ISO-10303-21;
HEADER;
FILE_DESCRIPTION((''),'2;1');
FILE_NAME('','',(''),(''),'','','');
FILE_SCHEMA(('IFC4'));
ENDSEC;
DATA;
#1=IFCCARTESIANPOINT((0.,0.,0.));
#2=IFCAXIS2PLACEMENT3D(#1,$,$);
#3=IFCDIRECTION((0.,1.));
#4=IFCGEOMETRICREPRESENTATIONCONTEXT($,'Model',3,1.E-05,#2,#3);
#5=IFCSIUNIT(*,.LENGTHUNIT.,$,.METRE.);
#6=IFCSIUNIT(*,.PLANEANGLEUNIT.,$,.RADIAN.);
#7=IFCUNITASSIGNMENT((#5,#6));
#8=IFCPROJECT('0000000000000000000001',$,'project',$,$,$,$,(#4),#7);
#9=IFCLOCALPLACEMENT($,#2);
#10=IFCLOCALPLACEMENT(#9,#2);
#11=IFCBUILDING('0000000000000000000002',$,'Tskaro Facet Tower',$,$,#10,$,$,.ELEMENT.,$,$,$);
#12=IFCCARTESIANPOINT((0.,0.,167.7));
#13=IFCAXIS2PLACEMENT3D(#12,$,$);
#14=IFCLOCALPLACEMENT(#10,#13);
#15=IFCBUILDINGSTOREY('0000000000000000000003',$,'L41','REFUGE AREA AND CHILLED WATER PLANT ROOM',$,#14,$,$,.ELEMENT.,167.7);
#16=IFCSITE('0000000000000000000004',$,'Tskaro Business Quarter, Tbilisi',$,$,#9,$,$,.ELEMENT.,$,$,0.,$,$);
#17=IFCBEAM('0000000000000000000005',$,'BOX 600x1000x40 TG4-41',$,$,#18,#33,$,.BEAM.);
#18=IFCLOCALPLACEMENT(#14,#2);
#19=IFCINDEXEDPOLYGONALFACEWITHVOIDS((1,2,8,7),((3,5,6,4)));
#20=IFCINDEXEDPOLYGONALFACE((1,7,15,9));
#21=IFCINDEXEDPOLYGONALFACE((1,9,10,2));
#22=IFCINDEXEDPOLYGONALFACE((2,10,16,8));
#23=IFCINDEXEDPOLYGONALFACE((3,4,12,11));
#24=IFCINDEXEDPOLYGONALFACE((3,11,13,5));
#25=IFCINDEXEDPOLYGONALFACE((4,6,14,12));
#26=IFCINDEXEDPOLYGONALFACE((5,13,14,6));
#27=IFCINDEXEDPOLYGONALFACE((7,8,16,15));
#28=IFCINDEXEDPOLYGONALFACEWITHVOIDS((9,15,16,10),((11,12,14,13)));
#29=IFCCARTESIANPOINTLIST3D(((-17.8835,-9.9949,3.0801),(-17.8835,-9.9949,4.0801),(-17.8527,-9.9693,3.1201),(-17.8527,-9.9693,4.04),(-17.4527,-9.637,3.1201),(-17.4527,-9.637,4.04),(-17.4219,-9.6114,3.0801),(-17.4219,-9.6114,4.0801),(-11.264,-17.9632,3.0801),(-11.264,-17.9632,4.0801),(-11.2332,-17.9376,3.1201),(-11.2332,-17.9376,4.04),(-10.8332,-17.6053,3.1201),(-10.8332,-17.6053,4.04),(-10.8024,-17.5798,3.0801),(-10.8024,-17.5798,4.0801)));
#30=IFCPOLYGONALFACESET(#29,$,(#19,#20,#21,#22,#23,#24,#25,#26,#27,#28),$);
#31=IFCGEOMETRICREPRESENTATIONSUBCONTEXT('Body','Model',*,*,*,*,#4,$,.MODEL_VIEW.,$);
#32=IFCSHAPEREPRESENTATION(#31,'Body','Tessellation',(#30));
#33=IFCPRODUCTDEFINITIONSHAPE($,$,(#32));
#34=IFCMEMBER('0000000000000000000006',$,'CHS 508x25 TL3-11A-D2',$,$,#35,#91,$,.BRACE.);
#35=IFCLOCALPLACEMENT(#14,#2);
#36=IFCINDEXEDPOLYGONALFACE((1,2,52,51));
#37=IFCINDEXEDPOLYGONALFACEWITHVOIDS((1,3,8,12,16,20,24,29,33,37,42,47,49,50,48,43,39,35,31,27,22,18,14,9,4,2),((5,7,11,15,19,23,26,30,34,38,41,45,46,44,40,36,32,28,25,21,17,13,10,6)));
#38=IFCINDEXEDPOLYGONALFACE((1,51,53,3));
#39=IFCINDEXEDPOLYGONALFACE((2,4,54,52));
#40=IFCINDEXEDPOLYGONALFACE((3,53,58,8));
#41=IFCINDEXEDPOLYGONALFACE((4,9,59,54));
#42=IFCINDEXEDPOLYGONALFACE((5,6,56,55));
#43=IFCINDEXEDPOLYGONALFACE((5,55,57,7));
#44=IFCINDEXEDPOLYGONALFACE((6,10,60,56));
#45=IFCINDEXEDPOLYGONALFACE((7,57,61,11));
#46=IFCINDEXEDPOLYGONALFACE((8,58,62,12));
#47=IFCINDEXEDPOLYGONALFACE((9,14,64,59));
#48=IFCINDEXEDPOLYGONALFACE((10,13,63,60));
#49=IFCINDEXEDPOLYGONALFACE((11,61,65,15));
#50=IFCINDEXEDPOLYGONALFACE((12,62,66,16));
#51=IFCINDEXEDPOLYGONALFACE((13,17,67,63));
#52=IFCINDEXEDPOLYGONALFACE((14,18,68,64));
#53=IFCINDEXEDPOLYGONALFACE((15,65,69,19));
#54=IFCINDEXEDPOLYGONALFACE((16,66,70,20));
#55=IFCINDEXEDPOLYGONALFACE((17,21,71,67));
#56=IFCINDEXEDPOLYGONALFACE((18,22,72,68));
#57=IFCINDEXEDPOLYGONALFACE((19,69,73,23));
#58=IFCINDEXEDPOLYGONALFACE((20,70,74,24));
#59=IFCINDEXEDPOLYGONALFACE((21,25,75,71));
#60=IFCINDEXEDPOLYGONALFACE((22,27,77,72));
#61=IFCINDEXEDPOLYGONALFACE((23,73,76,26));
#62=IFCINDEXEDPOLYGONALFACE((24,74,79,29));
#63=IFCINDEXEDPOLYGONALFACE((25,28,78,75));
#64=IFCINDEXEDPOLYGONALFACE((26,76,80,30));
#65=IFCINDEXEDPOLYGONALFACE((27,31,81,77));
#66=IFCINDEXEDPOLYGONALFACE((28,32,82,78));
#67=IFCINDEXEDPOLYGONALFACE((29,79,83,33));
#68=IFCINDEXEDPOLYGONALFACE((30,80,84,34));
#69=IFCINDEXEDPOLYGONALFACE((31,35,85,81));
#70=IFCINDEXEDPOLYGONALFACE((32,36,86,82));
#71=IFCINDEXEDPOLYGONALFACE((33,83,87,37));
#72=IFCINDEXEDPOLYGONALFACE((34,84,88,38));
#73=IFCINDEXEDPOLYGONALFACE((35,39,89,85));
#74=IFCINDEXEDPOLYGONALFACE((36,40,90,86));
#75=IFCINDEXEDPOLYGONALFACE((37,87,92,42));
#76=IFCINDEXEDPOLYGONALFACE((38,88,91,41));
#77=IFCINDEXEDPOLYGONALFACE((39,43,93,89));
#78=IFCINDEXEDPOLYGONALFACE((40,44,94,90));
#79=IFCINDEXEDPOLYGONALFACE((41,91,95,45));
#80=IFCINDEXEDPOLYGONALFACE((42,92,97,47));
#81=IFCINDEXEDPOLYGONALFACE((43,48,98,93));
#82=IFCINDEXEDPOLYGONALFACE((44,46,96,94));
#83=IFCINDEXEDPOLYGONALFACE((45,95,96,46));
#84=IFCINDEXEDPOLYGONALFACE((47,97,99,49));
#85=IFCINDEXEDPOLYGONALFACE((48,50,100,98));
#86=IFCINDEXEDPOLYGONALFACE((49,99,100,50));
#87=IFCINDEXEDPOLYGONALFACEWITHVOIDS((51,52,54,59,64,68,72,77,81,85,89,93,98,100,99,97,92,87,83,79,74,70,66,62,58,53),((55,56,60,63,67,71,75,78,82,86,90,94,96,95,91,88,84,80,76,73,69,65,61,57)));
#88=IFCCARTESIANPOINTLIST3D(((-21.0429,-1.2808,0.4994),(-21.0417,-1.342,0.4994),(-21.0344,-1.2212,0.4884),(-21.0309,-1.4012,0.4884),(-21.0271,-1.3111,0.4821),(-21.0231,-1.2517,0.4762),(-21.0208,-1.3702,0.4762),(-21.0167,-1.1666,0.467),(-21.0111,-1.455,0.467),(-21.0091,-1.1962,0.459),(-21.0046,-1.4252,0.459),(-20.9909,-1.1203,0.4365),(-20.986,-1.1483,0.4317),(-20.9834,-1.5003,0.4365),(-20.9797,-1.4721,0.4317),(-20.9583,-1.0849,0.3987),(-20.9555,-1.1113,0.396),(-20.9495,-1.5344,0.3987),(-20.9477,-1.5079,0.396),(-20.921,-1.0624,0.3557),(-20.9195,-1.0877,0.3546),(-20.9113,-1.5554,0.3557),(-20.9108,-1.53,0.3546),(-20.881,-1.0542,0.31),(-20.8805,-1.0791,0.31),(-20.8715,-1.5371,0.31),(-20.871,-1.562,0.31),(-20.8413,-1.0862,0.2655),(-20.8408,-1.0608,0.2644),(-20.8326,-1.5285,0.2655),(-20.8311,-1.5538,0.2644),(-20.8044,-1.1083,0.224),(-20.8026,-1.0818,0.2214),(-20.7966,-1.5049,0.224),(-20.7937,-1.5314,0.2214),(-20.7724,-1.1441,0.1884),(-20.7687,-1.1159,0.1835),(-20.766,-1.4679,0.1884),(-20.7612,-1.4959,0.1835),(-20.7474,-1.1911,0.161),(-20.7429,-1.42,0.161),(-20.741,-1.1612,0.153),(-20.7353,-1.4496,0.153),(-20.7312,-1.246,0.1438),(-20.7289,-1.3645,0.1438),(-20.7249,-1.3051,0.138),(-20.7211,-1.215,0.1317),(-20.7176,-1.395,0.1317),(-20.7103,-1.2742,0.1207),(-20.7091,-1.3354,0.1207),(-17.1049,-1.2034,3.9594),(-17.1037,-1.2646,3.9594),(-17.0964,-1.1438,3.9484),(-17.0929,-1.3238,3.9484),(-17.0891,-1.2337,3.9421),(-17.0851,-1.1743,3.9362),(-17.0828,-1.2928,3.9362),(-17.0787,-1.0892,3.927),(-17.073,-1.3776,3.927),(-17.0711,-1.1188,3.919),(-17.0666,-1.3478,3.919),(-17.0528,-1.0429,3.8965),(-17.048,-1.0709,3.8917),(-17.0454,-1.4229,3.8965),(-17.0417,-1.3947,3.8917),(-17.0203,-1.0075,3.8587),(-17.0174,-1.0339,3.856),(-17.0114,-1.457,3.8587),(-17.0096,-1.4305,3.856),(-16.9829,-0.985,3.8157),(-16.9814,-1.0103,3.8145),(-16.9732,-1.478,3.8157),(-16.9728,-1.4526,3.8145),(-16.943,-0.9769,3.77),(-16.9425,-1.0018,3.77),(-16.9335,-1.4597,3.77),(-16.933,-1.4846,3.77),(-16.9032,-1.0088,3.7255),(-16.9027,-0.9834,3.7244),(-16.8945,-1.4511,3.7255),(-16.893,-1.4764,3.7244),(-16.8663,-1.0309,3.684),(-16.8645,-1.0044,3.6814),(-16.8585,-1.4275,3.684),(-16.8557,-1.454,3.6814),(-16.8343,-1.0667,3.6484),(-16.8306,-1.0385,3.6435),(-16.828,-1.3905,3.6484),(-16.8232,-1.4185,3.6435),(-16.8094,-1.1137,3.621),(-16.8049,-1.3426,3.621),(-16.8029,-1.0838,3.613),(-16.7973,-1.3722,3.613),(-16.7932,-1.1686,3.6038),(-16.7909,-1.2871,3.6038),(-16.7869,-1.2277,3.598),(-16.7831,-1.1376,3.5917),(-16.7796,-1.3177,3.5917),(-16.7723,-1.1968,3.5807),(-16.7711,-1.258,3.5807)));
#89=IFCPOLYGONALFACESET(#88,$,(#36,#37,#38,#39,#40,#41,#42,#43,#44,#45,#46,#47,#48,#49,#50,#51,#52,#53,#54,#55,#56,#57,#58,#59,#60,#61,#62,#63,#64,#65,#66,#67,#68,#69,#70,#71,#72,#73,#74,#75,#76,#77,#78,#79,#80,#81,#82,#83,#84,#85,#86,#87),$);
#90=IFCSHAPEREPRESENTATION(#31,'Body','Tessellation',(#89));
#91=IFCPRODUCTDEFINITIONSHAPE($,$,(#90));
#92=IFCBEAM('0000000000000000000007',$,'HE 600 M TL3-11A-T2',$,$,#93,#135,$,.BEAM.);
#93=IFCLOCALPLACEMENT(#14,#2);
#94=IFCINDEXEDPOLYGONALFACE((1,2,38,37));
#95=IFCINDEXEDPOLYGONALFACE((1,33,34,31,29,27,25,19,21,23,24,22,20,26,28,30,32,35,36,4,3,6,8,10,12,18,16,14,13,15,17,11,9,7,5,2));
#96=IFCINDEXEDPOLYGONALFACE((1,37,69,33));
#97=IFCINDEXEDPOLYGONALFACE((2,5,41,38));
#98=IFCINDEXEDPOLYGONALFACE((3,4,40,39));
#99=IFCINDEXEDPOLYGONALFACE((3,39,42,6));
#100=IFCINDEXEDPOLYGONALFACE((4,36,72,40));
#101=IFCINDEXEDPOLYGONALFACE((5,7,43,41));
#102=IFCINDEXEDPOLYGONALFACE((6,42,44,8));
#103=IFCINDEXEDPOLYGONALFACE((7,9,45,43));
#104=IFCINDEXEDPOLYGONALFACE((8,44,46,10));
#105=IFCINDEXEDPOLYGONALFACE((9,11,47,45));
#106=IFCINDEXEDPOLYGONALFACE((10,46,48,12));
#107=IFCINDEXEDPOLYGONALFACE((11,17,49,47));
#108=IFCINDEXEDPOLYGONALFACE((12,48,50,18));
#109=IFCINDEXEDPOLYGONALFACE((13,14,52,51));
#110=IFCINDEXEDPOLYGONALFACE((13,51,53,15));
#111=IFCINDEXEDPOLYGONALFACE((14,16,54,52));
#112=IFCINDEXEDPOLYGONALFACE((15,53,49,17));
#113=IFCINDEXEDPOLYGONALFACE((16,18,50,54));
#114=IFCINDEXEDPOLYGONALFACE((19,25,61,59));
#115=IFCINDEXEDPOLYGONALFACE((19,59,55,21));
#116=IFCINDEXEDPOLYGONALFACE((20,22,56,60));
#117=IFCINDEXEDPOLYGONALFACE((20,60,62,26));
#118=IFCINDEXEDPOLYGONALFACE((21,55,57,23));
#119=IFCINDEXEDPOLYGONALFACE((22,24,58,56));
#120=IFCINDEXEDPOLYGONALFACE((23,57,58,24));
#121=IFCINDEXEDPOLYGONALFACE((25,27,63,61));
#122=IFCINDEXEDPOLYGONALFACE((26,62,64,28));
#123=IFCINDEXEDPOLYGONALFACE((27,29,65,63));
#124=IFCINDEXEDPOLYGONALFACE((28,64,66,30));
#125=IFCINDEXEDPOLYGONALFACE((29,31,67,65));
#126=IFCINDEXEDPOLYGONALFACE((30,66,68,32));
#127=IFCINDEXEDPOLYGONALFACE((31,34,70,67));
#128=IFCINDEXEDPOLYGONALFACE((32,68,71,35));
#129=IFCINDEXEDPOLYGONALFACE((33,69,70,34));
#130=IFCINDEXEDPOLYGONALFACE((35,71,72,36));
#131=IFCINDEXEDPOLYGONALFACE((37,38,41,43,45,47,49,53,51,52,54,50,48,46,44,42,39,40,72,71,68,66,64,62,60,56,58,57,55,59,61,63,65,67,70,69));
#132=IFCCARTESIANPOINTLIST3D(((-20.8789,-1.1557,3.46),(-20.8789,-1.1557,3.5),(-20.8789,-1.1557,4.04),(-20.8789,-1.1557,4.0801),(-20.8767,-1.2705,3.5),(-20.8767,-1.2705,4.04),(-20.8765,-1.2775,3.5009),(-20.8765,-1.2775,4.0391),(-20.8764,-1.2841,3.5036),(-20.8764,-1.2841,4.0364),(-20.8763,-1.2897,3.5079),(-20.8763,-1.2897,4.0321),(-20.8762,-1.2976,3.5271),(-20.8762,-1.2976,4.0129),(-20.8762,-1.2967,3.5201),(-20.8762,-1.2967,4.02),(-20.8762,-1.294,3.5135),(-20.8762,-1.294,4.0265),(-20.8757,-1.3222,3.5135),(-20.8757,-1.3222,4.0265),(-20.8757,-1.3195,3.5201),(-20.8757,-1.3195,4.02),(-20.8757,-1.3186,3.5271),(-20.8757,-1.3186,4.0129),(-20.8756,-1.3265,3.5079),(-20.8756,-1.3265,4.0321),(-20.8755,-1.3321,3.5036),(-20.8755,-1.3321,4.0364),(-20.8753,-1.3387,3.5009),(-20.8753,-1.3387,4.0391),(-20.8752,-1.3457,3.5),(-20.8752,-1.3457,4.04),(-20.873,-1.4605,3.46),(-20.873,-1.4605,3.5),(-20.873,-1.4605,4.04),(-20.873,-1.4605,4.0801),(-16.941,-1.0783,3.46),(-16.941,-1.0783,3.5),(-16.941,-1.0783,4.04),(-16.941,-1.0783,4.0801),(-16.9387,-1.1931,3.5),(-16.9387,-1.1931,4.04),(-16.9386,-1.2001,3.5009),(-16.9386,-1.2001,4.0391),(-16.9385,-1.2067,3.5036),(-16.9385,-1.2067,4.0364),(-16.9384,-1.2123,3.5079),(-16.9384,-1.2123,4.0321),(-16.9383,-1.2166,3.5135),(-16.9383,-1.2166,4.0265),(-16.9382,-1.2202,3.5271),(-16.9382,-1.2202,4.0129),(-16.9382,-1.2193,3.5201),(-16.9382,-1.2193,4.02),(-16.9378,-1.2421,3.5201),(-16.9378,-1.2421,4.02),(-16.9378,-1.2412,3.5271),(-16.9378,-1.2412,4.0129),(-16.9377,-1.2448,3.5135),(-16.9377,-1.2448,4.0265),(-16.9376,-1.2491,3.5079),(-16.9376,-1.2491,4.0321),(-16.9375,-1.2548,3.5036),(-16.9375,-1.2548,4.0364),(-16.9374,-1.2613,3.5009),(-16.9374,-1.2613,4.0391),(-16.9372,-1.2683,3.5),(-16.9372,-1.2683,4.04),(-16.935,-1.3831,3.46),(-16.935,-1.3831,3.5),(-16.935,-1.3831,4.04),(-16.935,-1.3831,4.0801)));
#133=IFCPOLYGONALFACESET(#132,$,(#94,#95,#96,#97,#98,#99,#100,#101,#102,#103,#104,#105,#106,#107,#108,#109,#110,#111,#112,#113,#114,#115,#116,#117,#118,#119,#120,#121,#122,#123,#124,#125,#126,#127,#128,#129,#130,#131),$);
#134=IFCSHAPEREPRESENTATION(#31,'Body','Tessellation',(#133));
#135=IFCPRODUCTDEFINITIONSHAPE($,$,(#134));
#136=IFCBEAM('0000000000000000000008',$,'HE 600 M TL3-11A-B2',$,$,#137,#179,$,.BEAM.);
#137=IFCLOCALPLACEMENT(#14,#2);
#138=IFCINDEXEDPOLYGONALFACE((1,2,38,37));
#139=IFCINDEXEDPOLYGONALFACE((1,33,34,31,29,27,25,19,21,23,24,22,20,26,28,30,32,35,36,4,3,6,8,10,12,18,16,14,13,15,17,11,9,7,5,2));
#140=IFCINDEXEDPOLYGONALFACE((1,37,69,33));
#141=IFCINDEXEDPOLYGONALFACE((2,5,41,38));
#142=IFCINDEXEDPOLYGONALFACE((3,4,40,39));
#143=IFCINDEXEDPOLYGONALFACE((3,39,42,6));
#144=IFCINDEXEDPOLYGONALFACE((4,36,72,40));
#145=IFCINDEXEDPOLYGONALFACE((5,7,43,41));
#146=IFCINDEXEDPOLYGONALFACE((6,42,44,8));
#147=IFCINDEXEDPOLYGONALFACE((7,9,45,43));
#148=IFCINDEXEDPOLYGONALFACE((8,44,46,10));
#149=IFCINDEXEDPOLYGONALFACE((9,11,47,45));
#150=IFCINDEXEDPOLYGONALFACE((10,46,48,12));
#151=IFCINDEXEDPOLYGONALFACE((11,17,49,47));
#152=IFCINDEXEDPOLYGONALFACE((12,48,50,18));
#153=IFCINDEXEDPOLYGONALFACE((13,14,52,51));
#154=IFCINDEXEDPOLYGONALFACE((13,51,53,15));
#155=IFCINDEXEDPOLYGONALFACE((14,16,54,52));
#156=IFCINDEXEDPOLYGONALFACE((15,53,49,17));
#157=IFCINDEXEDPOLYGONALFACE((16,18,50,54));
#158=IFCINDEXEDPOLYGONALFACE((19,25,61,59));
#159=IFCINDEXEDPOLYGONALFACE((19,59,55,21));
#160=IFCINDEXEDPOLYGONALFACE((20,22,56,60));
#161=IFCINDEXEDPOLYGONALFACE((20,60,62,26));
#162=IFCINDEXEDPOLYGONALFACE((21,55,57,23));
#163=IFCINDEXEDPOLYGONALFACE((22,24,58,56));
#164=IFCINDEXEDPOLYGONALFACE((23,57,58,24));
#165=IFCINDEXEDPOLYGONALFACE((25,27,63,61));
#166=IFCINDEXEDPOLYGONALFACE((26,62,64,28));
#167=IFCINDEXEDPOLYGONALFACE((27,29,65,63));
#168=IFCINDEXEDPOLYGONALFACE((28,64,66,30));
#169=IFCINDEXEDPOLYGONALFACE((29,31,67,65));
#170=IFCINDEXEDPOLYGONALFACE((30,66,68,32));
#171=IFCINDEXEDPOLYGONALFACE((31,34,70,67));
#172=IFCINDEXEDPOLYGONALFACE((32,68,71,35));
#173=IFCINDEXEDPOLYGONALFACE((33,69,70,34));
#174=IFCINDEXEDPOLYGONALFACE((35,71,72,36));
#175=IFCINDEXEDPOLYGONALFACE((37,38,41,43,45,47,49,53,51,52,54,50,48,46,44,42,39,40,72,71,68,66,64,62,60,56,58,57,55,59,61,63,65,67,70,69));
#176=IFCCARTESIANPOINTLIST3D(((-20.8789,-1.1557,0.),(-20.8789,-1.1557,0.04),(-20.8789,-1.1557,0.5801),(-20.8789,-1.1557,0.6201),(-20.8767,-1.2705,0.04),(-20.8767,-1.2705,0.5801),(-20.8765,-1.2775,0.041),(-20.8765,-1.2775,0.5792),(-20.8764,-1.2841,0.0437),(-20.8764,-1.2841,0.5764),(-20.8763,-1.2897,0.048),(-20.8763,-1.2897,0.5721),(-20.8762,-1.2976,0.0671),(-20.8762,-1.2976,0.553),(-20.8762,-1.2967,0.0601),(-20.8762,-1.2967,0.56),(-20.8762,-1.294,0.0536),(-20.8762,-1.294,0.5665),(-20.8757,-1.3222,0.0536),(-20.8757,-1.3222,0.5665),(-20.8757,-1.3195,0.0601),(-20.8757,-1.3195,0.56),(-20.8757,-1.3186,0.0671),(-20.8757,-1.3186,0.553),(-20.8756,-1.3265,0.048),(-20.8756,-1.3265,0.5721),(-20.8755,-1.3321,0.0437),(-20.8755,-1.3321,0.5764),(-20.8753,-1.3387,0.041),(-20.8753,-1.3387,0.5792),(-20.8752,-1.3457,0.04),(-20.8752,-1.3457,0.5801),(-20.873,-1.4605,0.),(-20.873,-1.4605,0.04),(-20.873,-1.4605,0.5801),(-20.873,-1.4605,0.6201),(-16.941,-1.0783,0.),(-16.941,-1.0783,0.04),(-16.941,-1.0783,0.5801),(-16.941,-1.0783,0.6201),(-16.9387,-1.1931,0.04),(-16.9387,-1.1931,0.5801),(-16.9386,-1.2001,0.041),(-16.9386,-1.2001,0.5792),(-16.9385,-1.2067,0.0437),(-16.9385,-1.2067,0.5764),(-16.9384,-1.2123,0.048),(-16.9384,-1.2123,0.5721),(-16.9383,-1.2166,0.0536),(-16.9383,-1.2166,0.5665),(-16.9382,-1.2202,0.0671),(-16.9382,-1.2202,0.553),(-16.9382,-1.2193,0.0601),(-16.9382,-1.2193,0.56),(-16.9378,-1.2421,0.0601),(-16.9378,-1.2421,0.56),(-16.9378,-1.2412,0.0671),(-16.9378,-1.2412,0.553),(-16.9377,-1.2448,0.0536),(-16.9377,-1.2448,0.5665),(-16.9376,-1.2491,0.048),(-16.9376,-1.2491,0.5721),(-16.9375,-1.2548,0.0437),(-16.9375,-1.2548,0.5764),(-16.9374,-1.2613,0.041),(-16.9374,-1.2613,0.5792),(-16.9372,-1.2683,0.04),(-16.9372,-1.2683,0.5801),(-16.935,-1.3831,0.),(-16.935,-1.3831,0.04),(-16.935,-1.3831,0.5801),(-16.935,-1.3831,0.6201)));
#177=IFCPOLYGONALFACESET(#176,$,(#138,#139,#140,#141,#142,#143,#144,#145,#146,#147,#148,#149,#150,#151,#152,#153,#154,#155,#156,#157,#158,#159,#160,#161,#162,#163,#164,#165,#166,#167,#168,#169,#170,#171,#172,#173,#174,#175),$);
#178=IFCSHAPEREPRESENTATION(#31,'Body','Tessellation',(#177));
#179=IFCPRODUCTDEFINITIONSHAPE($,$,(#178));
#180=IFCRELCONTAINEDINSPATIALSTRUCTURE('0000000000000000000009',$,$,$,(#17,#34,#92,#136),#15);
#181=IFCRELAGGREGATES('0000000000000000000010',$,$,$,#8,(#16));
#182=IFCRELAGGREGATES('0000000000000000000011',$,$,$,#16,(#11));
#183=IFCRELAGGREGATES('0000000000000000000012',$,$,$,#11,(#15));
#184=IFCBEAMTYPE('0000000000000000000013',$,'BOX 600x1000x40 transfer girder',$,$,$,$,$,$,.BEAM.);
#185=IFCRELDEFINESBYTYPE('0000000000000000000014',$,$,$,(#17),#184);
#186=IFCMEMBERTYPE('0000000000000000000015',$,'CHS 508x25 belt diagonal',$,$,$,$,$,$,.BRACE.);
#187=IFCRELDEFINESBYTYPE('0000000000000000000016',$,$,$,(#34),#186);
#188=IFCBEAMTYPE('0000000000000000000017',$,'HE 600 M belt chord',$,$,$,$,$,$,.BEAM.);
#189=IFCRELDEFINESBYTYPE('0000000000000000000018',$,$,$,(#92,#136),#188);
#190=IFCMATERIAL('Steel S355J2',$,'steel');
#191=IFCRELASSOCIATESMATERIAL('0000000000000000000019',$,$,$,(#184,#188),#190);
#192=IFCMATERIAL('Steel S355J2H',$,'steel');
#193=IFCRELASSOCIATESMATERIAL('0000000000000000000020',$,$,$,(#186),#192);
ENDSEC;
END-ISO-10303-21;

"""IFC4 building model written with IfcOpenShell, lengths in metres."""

from ifc_helpers import new_model, si_unit, direction, frame, origin, origin_2d, place, context, subcontext, project, spatial, hollow_rectangle, hollow_circle, i_section, extrude, material, material_profile, profile_set, type_object, element, save


model = new_model("IFC4")

# Units and contexts
model_context = context("Model", 3, precision=1e-05, world=origin(), true_north=direction((0.0, 1.0)))
body_context = subcontext(model_context, "Body", "Model", "MODEL_VIEW")
ifc_project = project(units=[si_unit("LENGTHUNIT", "METRE"), si_unit("PLANEANGLEUNIT", "RADIAN")], contexts=[model_context])

# Site, building, storey
site_placement = place(None, origin())
site = spatial("IfcSite", under=ifc_project, at=site_placement, Name="Tskaro Business Quarter, Tbilisi", CompositionType="ELEMENT", RefElevation=0.0)
building_placement = place(site_placement, origin())
building = spatial("IfcBuilding", under=site, at=building_placement, Name="Tskaro Facet Tower", CompositionType="ELEMENT")
storey_placement = place(building_placement, frame((0.0, 0.0, 167.7)))
storey = spatial("IfcBuildingStorey", under=building, at=storey_placement, Name="L41", Description="REFUGE AREA AND CHILLED WATER PLANT ROOM", CompositionType="ELEMENT", Elevation=167.7)

# Beam
ifc_material_1 = material(Name="Steel S355J2", Category="steel")
ifc_material_profile_1 = material_profile(ifc_material_1, hollow_rectangle(XDim=0.6001, YDim=1.0, WallThickness=0.04, at=origin_2d()), Name="BOX 600x1000x40")
ifc_profile_set_1 = profile_set([ifc_material_profile_1], Name="Steel S355J2")
beam_type_1 = type_object("IfcBeamType", Name="BOX 600x1000x40 transfer girder", PredefinedType="BEAM", material=ifc_profile_set_1)
beam_1_placement = place(storey_placement, frame((-11.0332, -17.7715, 3.5801), z_axis=(-0.638997, 0.769209, 0.0), x_axis=(-0.769209, -0.638997, 0.0)))
element("IfcBeam", 1, at=beam_1_placement, inside=storey, type_object=beam_type_1, Name="BOX 600x1000x40 TG4-41", PredefinedType="BEAM", context=body_context, shape_type="SweptSolid", body=[
    extrude(hollow_rectangle(XDim=0.6001, YDim=1.0, WallThickness=0.04, at=origin_2d()), origin(), (0.0, 0.0, 1.0), 10.3591),
])

# Member
ifc_material_2 = material(Name="Steel S355J2H", Category="steel")
ifc_material_profile_2 = material_profile(ifc_material_2, hollow_circle(Radius=0.2539, WallThickness=0.0249, at=origin_2d()), Name="CHS 508x25")
ifc_profile_set_2 = profile_set([ifc_material_profile_2], Name="Steel S355J2H")
member_type_1 = type_object("IfcMemberType", Name="CHS 508x25 belt diagonal", PredefinedType="BRACE", material=ifc_profile_set_2)
member_1_placement = place(storey_placement, frame((-16.938, -1.2307, 3.77), z_axis=(-0.751149, -0.014762, -0.659968), x_axis=(0.019649, -0.999807, 0.0)))
element("IfcMember", 2, at=member_1_placement, inside=storey, type_object=member_type_1, Name="CHS 508x25 TL3-11A-D2", PredefinedType="BRACE", context=body_context, shape_type="SweptSolid", body=[
    extrude(hollow_circle(Radius=0.2539, WallThickness=0.0249, at=origin_2d()), origin(), (0.0, 0.0, 1.0), 5.2427),
])

# Beams
ifc_material_profile_3 = material_profile(ifc_material_1, i_section(OverallWidth=0.3049, OverallDepth=0.6201, WebThickness=0.021, FlangeThickness=0.04, FilletRadius=0.0271, at=origin_2d()), Name="HE 600 M")
ifc_profile_set_3 = profile_set([ifc_material_profile_3], Name="Steel S355J2")
beam_type_2 = type_object("IfcBeamType", Name="HE 600 M belt chord", PredefinedType="BEAM", material=ifc_profile_set_3)
for number, where, z_axis, x_axis, name in (
    (3, (-16.938, -1.2307, 3.77), (-0.999807, -0.019649, 0.0), (0.019649, -0.999807, 0.0), "HE 600 M TL3-11A-T2"),
    (4, (-16.938, -1.2307, 0.3101), (-0.999807, -0.019649, 0.0), (0.019649, -0.999807, 0.0), "HE 600 M TL3-11A-B2"),
):
    element("IfcBeam", number, at=place(storey_placement, frame(where, z_axis=z_axis, x_axis=x_axis)), inside=storey, type_object=beam_type_2, Name=name, PredefinedType="BEAM", context=body_context, shape_type="SweptSolid", body=[
        extrude(i_section(OverallWidth=0.3049, OverallDepth=0.6201, WebThickness=0.021, FlangeThickness=0.04, FilletRadius=0.0271, at=origin_2d()), origin(), (0.0, 0.0, 1.0), 3.9387),
    ])

save(model, "model.ifc")
